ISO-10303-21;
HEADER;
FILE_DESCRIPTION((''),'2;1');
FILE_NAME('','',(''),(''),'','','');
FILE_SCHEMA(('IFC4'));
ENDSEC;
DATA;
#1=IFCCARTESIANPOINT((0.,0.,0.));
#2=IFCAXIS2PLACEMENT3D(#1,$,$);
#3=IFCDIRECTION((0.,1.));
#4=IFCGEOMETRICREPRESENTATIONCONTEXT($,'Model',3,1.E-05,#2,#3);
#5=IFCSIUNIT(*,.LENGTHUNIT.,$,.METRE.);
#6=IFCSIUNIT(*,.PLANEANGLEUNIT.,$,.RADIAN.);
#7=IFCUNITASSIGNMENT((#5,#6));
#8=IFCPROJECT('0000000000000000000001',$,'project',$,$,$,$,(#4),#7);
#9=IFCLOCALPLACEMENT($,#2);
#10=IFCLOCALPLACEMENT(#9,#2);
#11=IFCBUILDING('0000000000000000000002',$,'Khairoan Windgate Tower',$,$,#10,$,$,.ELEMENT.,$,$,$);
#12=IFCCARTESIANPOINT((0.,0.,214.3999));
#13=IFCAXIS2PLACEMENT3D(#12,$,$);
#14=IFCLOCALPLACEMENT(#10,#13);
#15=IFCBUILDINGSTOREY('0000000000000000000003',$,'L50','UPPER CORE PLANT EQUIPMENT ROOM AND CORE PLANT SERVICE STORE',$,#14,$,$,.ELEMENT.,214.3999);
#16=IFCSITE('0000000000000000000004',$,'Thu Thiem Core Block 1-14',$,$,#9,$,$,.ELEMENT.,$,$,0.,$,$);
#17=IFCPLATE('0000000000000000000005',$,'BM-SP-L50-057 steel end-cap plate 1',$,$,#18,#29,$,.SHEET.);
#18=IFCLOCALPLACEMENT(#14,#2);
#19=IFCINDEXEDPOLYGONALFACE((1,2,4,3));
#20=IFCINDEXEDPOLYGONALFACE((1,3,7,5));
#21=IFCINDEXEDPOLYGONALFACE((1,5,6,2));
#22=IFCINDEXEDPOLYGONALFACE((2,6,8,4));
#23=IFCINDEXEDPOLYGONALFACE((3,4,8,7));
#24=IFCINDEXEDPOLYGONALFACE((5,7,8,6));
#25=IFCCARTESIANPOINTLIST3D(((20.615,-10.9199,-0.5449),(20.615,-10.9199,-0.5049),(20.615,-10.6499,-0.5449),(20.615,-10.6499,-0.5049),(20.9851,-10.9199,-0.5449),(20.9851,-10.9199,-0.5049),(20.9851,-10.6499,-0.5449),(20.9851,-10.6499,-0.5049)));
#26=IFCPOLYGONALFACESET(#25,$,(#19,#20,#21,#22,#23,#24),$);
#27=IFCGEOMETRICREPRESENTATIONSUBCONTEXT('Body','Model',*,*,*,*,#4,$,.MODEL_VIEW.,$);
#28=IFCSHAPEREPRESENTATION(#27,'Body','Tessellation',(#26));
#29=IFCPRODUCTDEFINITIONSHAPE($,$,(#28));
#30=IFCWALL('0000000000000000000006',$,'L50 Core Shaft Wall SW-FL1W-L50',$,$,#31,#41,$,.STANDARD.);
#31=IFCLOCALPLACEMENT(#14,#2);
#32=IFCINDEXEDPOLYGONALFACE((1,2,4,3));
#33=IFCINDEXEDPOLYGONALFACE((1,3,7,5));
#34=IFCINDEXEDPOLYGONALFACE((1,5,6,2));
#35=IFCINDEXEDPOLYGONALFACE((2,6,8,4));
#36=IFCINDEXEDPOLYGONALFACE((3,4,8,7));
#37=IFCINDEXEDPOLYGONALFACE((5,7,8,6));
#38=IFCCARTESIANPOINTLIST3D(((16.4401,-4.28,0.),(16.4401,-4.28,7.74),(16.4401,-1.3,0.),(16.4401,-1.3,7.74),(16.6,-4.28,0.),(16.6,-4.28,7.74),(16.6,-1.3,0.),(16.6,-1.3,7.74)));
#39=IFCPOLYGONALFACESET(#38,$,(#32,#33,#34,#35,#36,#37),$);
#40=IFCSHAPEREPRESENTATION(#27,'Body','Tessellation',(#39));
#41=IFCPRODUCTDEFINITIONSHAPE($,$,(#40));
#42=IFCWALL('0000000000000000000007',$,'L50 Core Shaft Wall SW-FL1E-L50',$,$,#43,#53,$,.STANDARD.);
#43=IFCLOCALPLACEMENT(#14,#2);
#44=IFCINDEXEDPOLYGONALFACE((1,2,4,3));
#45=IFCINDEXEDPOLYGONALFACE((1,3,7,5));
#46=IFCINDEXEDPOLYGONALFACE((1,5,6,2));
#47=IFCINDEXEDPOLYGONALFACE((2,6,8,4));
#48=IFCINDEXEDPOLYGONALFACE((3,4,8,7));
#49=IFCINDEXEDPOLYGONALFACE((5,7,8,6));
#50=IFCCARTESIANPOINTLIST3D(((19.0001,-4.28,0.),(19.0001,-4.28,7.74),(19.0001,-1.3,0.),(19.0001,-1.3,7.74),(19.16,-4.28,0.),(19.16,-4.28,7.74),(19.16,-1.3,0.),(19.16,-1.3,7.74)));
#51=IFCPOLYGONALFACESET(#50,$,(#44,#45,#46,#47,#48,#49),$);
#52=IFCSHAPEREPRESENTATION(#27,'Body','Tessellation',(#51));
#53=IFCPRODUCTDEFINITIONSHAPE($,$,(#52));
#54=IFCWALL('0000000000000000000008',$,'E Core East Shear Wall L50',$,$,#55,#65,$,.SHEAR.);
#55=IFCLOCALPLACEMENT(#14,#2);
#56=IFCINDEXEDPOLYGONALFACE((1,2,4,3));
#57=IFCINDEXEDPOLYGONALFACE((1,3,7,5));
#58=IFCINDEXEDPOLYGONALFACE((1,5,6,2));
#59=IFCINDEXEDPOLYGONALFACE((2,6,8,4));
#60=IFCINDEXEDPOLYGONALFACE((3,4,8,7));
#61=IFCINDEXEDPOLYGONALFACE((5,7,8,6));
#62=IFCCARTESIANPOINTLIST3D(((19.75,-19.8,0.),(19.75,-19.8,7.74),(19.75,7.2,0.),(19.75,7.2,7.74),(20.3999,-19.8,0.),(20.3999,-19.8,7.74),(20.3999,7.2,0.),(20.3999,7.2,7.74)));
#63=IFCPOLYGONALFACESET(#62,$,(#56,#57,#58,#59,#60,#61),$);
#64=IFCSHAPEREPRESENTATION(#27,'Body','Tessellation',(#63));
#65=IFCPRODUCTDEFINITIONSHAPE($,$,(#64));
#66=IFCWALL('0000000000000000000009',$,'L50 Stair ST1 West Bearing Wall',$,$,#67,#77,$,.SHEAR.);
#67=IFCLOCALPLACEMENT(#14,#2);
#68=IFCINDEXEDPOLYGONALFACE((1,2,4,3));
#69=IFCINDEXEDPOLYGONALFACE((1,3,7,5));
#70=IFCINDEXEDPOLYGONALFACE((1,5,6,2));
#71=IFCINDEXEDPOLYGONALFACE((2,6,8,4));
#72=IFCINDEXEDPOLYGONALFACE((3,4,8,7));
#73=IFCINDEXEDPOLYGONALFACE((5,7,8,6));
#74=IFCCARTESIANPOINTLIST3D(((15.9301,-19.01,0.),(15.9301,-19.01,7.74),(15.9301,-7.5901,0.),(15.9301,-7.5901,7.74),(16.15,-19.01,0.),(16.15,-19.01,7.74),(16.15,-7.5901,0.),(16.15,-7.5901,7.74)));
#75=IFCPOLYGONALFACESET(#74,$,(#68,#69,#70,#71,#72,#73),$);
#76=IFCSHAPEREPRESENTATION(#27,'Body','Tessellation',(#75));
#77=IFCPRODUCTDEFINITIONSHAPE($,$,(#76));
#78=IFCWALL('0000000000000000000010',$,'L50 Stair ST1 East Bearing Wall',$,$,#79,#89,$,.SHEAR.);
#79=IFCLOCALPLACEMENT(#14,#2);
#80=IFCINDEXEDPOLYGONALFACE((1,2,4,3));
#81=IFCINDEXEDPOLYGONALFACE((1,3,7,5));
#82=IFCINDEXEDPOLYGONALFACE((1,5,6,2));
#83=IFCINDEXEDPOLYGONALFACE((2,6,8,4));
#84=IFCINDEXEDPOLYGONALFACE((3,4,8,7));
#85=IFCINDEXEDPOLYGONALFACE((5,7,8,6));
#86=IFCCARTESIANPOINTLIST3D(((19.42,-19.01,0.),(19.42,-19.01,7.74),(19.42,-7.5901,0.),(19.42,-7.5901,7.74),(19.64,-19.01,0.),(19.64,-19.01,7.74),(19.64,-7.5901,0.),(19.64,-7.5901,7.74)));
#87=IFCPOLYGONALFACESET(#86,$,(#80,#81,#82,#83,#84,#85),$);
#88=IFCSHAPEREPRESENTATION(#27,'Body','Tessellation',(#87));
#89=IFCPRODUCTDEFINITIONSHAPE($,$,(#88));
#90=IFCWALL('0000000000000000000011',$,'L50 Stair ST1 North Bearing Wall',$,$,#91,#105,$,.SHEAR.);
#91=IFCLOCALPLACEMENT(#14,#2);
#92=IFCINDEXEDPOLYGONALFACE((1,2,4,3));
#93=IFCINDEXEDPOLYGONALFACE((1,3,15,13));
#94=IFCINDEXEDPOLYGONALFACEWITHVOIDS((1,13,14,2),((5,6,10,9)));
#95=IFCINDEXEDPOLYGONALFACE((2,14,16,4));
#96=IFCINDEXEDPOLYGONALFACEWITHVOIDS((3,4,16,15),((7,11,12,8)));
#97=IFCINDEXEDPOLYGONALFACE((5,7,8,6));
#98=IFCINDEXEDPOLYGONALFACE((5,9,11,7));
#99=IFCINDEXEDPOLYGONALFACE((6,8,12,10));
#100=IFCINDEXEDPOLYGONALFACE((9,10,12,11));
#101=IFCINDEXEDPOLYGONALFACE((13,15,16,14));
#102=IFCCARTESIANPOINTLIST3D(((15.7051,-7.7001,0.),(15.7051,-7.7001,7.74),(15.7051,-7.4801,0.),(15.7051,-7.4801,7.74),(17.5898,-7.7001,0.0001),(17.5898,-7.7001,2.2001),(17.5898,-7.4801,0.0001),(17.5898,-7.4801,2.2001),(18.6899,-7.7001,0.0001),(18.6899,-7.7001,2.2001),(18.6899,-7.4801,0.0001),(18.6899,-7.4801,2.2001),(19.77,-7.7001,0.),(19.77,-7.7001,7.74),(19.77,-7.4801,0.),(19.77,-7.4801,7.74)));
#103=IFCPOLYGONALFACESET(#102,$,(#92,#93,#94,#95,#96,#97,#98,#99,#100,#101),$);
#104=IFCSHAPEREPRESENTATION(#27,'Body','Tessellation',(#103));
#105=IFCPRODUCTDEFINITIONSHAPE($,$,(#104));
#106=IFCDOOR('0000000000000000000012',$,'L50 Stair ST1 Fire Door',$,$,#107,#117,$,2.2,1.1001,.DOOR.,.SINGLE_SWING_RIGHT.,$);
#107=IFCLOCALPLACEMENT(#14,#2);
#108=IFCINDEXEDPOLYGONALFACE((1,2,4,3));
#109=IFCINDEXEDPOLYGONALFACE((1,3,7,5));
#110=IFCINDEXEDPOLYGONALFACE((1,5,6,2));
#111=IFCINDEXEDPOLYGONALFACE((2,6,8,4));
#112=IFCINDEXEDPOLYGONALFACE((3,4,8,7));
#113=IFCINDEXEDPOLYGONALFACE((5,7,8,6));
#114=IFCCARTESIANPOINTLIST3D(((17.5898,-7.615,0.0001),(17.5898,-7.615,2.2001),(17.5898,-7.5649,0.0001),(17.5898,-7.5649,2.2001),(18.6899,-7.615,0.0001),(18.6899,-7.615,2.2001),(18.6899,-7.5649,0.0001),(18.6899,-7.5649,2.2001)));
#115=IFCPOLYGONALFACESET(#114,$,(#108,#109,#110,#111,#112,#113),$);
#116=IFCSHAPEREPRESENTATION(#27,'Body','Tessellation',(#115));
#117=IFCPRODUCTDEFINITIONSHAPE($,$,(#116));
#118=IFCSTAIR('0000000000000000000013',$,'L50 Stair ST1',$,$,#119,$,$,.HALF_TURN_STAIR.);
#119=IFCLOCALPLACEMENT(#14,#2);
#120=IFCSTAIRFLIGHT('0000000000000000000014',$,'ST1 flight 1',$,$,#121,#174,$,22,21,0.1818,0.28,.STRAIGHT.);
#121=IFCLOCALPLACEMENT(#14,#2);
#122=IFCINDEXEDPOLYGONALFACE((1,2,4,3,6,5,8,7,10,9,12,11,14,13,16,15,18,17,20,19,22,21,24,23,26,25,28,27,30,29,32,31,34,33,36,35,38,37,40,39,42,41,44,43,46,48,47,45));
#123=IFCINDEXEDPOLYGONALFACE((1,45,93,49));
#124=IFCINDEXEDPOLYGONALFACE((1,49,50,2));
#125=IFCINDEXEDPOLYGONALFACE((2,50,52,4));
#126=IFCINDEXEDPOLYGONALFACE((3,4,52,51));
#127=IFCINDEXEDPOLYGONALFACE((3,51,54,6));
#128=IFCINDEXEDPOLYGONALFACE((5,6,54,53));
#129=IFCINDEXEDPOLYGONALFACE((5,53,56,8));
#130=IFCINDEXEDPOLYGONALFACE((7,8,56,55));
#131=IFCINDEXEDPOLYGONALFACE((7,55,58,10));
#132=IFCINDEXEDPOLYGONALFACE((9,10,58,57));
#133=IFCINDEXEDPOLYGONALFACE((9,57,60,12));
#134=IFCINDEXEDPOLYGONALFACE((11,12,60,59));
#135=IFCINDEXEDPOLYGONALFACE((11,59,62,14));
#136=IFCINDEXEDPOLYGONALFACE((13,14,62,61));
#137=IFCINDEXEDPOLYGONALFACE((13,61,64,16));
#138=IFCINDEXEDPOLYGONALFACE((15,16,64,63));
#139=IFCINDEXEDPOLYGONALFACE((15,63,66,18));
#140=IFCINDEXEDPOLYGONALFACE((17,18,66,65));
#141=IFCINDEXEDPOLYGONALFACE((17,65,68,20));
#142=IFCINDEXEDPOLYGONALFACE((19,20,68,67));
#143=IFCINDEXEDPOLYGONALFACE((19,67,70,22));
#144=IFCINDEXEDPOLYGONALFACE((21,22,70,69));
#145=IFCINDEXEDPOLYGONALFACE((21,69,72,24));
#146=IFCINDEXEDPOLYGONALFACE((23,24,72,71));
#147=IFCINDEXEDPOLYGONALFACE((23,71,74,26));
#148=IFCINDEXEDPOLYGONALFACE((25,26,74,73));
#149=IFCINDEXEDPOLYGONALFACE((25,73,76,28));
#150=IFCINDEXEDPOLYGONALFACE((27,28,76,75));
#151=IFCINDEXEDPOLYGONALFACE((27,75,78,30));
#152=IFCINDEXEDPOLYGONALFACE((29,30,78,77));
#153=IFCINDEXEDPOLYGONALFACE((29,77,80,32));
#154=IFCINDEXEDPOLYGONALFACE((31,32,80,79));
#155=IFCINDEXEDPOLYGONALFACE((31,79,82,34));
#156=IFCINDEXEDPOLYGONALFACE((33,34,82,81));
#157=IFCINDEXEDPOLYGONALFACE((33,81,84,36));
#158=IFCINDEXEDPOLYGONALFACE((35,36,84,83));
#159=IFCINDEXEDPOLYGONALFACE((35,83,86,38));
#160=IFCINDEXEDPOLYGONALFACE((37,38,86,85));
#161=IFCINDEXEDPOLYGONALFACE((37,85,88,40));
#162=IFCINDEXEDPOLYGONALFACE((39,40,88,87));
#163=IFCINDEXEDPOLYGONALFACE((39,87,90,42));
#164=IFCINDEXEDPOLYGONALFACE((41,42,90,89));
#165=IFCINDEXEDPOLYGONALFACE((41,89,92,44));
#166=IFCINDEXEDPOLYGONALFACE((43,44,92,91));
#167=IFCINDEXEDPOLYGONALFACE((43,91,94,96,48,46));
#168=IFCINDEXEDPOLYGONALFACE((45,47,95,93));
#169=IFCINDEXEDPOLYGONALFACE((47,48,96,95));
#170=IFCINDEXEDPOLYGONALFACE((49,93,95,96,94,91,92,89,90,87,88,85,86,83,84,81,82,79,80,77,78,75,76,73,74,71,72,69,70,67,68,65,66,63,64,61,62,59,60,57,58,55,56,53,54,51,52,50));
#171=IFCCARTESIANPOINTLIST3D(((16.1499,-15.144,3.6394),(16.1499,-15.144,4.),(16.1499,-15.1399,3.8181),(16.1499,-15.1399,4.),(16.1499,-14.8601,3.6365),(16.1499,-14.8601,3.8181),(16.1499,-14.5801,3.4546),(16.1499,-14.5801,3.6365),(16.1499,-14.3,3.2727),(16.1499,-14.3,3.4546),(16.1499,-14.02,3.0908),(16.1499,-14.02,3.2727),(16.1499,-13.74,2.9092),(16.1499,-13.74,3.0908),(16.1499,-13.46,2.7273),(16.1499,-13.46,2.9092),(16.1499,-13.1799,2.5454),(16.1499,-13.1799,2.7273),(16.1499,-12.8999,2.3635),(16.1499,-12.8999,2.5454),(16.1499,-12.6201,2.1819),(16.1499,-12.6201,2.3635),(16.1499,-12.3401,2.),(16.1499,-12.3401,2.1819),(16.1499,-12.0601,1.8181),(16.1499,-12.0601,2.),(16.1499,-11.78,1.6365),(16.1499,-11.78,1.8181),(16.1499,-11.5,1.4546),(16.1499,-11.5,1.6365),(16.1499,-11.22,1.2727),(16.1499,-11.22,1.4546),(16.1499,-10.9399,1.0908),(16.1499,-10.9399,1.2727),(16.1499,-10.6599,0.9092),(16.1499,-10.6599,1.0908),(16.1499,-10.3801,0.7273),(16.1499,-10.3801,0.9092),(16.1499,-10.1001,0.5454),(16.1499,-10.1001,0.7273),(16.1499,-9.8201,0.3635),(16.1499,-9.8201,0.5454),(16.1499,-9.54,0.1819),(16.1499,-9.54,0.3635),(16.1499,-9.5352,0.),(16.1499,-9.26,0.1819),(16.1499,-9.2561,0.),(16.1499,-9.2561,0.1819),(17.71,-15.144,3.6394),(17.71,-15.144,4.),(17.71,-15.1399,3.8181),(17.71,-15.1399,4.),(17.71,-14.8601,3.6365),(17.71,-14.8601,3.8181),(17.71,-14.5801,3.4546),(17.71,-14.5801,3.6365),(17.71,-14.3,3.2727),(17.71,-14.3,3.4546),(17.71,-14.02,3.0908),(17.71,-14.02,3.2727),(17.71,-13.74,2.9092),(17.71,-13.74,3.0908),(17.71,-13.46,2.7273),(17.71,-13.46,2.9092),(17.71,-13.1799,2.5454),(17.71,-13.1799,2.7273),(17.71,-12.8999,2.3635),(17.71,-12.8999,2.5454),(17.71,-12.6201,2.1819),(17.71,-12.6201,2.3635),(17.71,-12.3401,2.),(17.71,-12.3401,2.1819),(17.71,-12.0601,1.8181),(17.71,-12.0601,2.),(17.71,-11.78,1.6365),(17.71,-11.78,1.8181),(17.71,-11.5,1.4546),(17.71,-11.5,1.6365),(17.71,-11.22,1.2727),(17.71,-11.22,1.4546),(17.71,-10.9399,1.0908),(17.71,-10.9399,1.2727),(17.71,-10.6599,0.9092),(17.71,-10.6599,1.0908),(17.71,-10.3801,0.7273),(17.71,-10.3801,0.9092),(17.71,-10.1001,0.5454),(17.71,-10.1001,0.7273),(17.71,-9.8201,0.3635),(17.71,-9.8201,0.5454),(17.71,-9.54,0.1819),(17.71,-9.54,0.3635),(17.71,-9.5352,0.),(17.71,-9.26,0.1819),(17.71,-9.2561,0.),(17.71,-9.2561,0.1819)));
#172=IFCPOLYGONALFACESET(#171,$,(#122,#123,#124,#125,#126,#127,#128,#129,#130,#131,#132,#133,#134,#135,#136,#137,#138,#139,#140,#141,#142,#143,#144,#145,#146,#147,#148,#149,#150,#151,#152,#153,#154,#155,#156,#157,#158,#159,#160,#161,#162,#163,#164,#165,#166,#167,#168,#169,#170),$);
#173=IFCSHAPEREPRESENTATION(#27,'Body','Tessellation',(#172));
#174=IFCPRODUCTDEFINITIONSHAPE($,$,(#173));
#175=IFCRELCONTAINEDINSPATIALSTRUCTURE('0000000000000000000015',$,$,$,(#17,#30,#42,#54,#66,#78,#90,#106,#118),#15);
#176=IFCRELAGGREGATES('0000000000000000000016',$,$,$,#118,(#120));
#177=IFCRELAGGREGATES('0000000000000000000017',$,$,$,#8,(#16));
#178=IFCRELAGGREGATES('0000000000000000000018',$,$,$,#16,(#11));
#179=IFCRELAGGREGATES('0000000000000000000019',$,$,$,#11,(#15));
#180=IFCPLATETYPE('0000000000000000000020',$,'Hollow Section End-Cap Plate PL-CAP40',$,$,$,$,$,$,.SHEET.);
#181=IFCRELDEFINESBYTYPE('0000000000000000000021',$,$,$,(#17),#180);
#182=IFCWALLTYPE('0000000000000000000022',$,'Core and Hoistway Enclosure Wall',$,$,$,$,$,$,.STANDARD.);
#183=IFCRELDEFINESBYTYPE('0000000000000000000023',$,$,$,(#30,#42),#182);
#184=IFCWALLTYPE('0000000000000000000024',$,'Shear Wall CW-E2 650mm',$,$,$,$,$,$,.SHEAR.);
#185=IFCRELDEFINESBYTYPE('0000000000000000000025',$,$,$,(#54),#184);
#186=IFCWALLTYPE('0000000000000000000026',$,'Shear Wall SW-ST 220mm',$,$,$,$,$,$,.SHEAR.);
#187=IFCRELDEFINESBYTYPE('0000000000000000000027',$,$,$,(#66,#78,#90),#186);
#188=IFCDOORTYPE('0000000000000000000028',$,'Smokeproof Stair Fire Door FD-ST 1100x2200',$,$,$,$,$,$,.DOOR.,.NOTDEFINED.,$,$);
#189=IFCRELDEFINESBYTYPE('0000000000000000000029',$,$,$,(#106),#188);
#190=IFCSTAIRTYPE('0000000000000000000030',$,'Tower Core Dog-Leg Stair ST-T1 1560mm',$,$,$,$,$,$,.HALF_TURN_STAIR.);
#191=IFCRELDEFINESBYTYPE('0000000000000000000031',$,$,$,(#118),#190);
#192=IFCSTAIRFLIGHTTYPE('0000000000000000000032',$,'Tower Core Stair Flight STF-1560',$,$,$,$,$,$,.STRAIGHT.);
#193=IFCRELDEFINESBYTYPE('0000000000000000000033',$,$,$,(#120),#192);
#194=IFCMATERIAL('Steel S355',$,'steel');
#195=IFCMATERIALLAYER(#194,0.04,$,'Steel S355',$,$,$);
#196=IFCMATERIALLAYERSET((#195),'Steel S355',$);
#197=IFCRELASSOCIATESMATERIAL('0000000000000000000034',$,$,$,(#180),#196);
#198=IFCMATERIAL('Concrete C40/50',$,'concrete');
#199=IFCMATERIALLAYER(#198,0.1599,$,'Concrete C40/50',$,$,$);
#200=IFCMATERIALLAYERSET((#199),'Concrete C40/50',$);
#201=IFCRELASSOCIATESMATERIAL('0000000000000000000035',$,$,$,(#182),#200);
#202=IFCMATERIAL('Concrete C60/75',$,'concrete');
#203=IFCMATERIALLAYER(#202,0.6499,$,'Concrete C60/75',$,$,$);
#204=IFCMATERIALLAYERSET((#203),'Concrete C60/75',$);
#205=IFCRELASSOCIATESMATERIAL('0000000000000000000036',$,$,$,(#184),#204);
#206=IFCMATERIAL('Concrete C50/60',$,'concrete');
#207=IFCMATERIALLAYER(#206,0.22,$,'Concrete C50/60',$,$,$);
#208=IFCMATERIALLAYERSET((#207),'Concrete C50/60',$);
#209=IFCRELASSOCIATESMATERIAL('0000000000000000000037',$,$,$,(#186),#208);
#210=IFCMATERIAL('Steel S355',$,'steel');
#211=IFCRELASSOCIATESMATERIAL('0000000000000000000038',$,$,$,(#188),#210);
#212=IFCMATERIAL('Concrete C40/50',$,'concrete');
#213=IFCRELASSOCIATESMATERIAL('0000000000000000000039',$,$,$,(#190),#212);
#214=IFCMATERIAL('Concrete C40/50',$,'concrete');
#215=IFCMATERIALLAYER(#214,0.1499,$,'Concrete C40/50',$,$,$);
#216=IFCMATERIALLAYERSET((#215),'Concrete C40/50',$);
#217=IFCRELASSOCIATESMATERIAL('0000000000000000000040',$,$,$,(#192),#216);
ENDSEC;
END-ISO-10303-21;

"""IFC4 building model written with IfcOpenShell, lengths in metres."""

from ifc_helpers import new_model, si_unit, direction, frame, frame_2d, origin, origin_2d, place, context, subcontext, project, spatial, polyline, rectangle, outline, extrude, material, layer, layer_set, type_object, element, fill, aggregate, save


model = new_model("IFC4")

# Units and contexts
model_context = context("Model", 3, precision=1e-05, world=origin(), true_north=direction((0.0, 1.0)))
body_context = subcontext(model_context, "Body", "Model", "MODEL_VIEW")
ifc_project = project(units=[si_unit("LENGTHUNIT", "METRE"), si_unit("PLANEANGLEUNIT", "RADIAN")], contexts=[model_context])

# Site, building, storey
site_placement = place(None, origin())
site = spatial("IfcSite", under=ifc_project, at=site_placement, Name="Thu Thiem Core Block 1-14", CompositionType="ELEMENT", RefElevation=0.0)
building_placement = place(site_placement, origin())
building = spatial("IfcBuilding", under=site, at=building_placement, Name="Khairoan Windgate Tower", CompositionType="ELEMENT")
storey_placement = place(building_placement, frame((0.0, 0.0, 214.3999)))
storey = spatial("IfcBuildingStorey", under=building, at=storey_placement, Name="L50", Description="UPPER CORE PLANT EQUIPMENT ROOM AND CORE PLANT SERVICE STORE", CompositionType="ELEMENT", Elevation=214.3999)

# Plate
ifc_material_1 = material(Name="Steel S355", Category="steel")
ifc_layer_1 = layer(ifc_material_1, 0.04, Name="Steel S355")
ifc_layer_set_1 = layer_set([ifc_layer_1], Name="Steel S355")
plate_type = type_object("IfcPlateType", Name="Hollow Section End-Cap Plate PL-CAP40", PredefinedType="SHEET", material=ifc_layer_set_1)
plate_placement = place(storey_placement, frame((20.8, -10.7849, -0.5449), z_axis=(0.0, 0.0, 1.0), x_axis=(0.0, 1.0, 0.0)))
element("IfcPlate", 1, at=plate_placement, inside=storey, type_object=plate_type, Name="BM-SP-L50-057 steel end-cap plate 1", PredefinedType="SHEET", context=body_context, shape_type="SweptSolid", body=[
    extrude(rectangle(XDim=0.27, YDim=0.3701, at=origin_2d()), origin(), (0.0, 0.0, 1.0), 0.04),
])

# Walls
ifc_material_2 = material(Name="Concrete C40/50", Category="concrete")
ifc_layer_2 = layer(ifc_material_2, 0.1599, Name="Concrete C40/50")
ifc_layer_set_2 = layer_set([ifc_layer_2], Name="Concrete C40/50")
wall_type_1 = type_object("IfcWallType", Name="Core and Hoistway Enclosure Wall", PredefinedType="STANDARD", material=ifc_layer_set_2)
for number, where, z_axis, x_axis, name in (
    (2, (16.52, -4.28, 0.0), (0.0, 0.0, 1.0), (0.0, 1.0, 0.0), "L50 Core Shaft Wall SW-FL1W-L50"),
    (3, (19.0801, -4.28, 0.0), (0.0, 0.0, 1.0), (0.0, 1.0, 0.0), "L50 Core Shaft Wall SW-FL1E-L50"),
):
    element("IfcWall", number, at=place(storey_placement, frame(where, z_axis=z_axis, x_axis=x_axis)), inside=storey, type_object=wall_type_1, Name=name, PredefinedType="STANDARD", context=body_context, shape_type="SweptSolid", body=[
        extrude(rectangle(XDim=2.98, YDim=0.1599, at=frame_2d((1.49, 0.0))), origin(), (0.0, 0.0, 1.0), 7.74),
    ])
ifc_material_3 = material(Name="Concrete C60/75", Category="concrete")
ifc_layer_3 = layer(ifc_material_3, 0.6499, Name="Concrete C60/75")
ifc_layer_set_3 = layer_set([ifc_layer_3], Name="Concrete C60/75")
wall_type_2 = type_object("IfcWallType", Name="Shear Wall CW-E2 650mm", PredefinedType="SHEAR", material=ifc_layer_set_3)
wall_1_placement = place(storey_placement, frame((20.075, -19.8, 0.0), z_axis=(0.0, 0.0, 1.0), x_axis=(0.0, 1.0, 0.0)))
element("IfcWall", 4, at=wall_1_placement, inside=storey, type_object=wall_type_2, Name="E Core East Shear Wall L50", PredefinedType="SHEAR", context=body_context, shape_type="SweptSolid", body=[
    extrude(rectangle(XDim=27.0, YDim=0.6499, at=frame_2d((13.5, 0.0))), origin(), (0.0, 0.0, 1.0), 7.74),
])
ifc_material_4 = material(Name="Concrete C50/60", Category="concrete")
ifc_layer_4 = layer(ifc_material_4, 0.22, Name="Concrete C50/60")
ifc_layer_set_4 = layer_set([ifc_layer_4], Name="Concrete C50/60")
wall_type_3 = type_object("IfcWallType", Name="Shear Wall SW-ST 220mm", PredefinedType="SHEAR", material=ifc_layer_set_4)
for number, where, z_axis, x_axis, name in (
    (5, (16.04, -19.01, 0.0), (0.0, 0.0, 1.0), (0.0, 1.0, 0.0), "L50 Stair ST1 West Bearing Wall"),
    (6, (19.53, -19.01, 0.0), (0.0, 0.0, 1.0), (0.0, 1.0, 0.0), "L50 Stair ST1 East Bearing Wall"),
):
    element("IfcWall", number, at=place(storey_placement, frame(where, z_axis=z_axis, x_axis=x_axis)), inside=storey, type_object=wall_type_3, Name=name, PredefinedType="SHEAR", context=body_context, shape_type="SweptSolid", body=[
        extrude(rectangle(XDim=11.4199, YDim=0.22, at=frame_2d((5.71, 0.0))), origin(), (0.0, 0.0, 1.0), 7.74),
    ])

# Wall, opening, door
wall_2_placement = place(storey_placement, frame((19.77, -7.5901, 0.0), z_axis=(0.0, 0.0, 1.0), x_axis=(-1.0, 0.0, 0.0)))
wall_2 = element("IfcWall", 7, at=wall_2_placement, inside=storey, type_object=wall_type_3, Name="L50 Stair ST1 North Bearing Wall", PredefinedType="SHEAR", context=body_context, shape_type="SweptSolid", body=[
    extrude(rectangle(XDim=4.0649, YDim=0.22, at=frame_2d((2.0325, 0.0))), origin(), (0.0, 0.0, 1.0), 7.74),
])
opening_placement = place(wall_2_placement, frame((1.0801, 0.0, 0.0)))
opening = element("IfcOpeningElement", 8, at=opening_placement, cuts=wall_2, PredefinedType="OPENING", context=body_context, shape_type="SweptSolid", body=[
    extrude(rectangle(XDim=1.1001, YDim=2.2, at=frame_2d((0.55, 1.1001))), frame((0.0, 0.1199, 0.0), z_axis=(0.0, -1.0, 0.0), x_axis=(1.0, 0.0, 0.0)), (0.0, 0.0, 1.0), 0.24),
])
ifc_material_5 = material(Name="Steel S355", Category="steel")
door_type = type_object("IfcDoorType", Name="Smokeproof Stair Fire Door FD-ST 1100x2200", OperationType="NOTDEFINED", PredefinedType="DOOR", material=ifc_material_5)
door_placement = place(opening_placement, origin())
door = element("IfcDoor", 9, at=door_placement, inside=storey, type_object=door_type, Name="L50 Stair ST1 Fire Door", OperationType="SINGLE_SWING_RIGHT", OverallHeight=2.2, OverallWidth=1.1001, PredefinedType="DOOR", context=body_context, shape_type="SweptSolid", body=[
    extrude(rectangle(XDim=1.1001, YDim=2.2, at=frame_2d((0.55, 1.1001))), frame((0.0, 0.0249, 0.0), z_axis=(0.0, -1.0, 0.0), x_axis=(1.0, 0.0, 0.0)), (0.0, 0.0, 1.0), 0.05),
])
fill(opening, door)

# Stair, stair flight
ifc_material_6 = material(Name="Concrete C40/50", Category="concrete")
stair_type = type_object("IfcStairType", Name="Tower Core Dog-Leg Stair ST-T1 1560mm", PredefinedType="HALF_TURN_STAIR", material=ifc_material_6)
stair_placement = place(storey_placement, origin())
stair = element("IfcStair", 10, at=stair_placement, inside=storey, type_object=stair_type, Name="L50 Stair ST1", PredefinedType="HALF_TURN_STAIR")
ifc_material_7 = material(Name="Concrete C40/50", Category="concrete")
ifc_layer_5 = layer(ifc_material_7, 0.1499, Name="Concrete C40/50")
ifc_layer_set_5 = layer_set([ifc_layer_5], Name="Concrete C40/50")
stair_flight_type = type_object("IfcStairFlightType", Name="Tower Core Stair Flight STF-1560", PredefinedType="STRAIGHT", material=ifc_layer_set_5)
stair_flight_1_placement = place(storey_placement, frame((16.9299, -9.26, 0.0), z_axis=(0.0, 0.0, 1.0), x_axis=(0.0, -1.0, 0.0)))
stair_flight_1 = element("IfcStairFlight", 11, at=stair_flight_1_placement, type_object=stair_flight_type, Name="ST1 flight 1", NumberOfRisers=22, NumberOfTreads=21, PredefinedType="STRAIGHT", RiserHeight=0.1818, TreadLength=0.28, context=body_context, shape_type="SweptSolid", body=[
    extrude(outline(polyline([(-0.0039, 0.0), (-0.0039, 0.1819), (0.0, 0.1819), (0.28, 0.1819), (0.28, 0.3635), (0.5601, 0.3635), (0.5601, 0.5454), (0.8401, 0.5454), (0.8401, 0.7273), (1.1201, 0.7273), (1.1201, 0.9092), (1.3999, 0.9092), (1.3999, 1.0908), (1.6799, 1.0908), (1.6799, 1.2727), (1.96, 1.2727), (1.96, 1.4546), (2.24, 1.4546), (2.24, 1.6365), (2.52, 1.6365), (2.52, 1.8181), (2.8, 1.8181), (2.8, 2.0), (3.0801, 2.0), (3.0801, 2.1819), (3.3601, 2.1819), (3.3601, 2.3635), (3.6399, 2.3635), (3.6399, 2.5454), (3.9199, 2.5454), (3.9199, 2.7273), (4.2, 2.7273), (4.2, 2.9092), (4.48, 2.9092), (4.48, 3.0908), (4.76, 3.0908), (4.76, 3.2727), (5.04, 3.2727), (5.04, 3.4546), (5.3201, 3.4546), (5.3201, 3.6365), (5.6001, 3.6365), (5.6001, 3.8181), (5.8799, 3.8181), (5.8799, 4.0), (5.884, 4.0), (5.884, 3.6394), (0.2751, 0.0), (-0.0039, 0.0)])), frame((0.0, 0.78, 0.0), z_axis=(0.0, -1.0, 0.0), x_axis=(1.0, 0.0, 0.0)), (0.0, 0.0, 1.0), 1.5601),
])
aggregate(stair, [stair_flight_1])

save(model, "model.ifc")
